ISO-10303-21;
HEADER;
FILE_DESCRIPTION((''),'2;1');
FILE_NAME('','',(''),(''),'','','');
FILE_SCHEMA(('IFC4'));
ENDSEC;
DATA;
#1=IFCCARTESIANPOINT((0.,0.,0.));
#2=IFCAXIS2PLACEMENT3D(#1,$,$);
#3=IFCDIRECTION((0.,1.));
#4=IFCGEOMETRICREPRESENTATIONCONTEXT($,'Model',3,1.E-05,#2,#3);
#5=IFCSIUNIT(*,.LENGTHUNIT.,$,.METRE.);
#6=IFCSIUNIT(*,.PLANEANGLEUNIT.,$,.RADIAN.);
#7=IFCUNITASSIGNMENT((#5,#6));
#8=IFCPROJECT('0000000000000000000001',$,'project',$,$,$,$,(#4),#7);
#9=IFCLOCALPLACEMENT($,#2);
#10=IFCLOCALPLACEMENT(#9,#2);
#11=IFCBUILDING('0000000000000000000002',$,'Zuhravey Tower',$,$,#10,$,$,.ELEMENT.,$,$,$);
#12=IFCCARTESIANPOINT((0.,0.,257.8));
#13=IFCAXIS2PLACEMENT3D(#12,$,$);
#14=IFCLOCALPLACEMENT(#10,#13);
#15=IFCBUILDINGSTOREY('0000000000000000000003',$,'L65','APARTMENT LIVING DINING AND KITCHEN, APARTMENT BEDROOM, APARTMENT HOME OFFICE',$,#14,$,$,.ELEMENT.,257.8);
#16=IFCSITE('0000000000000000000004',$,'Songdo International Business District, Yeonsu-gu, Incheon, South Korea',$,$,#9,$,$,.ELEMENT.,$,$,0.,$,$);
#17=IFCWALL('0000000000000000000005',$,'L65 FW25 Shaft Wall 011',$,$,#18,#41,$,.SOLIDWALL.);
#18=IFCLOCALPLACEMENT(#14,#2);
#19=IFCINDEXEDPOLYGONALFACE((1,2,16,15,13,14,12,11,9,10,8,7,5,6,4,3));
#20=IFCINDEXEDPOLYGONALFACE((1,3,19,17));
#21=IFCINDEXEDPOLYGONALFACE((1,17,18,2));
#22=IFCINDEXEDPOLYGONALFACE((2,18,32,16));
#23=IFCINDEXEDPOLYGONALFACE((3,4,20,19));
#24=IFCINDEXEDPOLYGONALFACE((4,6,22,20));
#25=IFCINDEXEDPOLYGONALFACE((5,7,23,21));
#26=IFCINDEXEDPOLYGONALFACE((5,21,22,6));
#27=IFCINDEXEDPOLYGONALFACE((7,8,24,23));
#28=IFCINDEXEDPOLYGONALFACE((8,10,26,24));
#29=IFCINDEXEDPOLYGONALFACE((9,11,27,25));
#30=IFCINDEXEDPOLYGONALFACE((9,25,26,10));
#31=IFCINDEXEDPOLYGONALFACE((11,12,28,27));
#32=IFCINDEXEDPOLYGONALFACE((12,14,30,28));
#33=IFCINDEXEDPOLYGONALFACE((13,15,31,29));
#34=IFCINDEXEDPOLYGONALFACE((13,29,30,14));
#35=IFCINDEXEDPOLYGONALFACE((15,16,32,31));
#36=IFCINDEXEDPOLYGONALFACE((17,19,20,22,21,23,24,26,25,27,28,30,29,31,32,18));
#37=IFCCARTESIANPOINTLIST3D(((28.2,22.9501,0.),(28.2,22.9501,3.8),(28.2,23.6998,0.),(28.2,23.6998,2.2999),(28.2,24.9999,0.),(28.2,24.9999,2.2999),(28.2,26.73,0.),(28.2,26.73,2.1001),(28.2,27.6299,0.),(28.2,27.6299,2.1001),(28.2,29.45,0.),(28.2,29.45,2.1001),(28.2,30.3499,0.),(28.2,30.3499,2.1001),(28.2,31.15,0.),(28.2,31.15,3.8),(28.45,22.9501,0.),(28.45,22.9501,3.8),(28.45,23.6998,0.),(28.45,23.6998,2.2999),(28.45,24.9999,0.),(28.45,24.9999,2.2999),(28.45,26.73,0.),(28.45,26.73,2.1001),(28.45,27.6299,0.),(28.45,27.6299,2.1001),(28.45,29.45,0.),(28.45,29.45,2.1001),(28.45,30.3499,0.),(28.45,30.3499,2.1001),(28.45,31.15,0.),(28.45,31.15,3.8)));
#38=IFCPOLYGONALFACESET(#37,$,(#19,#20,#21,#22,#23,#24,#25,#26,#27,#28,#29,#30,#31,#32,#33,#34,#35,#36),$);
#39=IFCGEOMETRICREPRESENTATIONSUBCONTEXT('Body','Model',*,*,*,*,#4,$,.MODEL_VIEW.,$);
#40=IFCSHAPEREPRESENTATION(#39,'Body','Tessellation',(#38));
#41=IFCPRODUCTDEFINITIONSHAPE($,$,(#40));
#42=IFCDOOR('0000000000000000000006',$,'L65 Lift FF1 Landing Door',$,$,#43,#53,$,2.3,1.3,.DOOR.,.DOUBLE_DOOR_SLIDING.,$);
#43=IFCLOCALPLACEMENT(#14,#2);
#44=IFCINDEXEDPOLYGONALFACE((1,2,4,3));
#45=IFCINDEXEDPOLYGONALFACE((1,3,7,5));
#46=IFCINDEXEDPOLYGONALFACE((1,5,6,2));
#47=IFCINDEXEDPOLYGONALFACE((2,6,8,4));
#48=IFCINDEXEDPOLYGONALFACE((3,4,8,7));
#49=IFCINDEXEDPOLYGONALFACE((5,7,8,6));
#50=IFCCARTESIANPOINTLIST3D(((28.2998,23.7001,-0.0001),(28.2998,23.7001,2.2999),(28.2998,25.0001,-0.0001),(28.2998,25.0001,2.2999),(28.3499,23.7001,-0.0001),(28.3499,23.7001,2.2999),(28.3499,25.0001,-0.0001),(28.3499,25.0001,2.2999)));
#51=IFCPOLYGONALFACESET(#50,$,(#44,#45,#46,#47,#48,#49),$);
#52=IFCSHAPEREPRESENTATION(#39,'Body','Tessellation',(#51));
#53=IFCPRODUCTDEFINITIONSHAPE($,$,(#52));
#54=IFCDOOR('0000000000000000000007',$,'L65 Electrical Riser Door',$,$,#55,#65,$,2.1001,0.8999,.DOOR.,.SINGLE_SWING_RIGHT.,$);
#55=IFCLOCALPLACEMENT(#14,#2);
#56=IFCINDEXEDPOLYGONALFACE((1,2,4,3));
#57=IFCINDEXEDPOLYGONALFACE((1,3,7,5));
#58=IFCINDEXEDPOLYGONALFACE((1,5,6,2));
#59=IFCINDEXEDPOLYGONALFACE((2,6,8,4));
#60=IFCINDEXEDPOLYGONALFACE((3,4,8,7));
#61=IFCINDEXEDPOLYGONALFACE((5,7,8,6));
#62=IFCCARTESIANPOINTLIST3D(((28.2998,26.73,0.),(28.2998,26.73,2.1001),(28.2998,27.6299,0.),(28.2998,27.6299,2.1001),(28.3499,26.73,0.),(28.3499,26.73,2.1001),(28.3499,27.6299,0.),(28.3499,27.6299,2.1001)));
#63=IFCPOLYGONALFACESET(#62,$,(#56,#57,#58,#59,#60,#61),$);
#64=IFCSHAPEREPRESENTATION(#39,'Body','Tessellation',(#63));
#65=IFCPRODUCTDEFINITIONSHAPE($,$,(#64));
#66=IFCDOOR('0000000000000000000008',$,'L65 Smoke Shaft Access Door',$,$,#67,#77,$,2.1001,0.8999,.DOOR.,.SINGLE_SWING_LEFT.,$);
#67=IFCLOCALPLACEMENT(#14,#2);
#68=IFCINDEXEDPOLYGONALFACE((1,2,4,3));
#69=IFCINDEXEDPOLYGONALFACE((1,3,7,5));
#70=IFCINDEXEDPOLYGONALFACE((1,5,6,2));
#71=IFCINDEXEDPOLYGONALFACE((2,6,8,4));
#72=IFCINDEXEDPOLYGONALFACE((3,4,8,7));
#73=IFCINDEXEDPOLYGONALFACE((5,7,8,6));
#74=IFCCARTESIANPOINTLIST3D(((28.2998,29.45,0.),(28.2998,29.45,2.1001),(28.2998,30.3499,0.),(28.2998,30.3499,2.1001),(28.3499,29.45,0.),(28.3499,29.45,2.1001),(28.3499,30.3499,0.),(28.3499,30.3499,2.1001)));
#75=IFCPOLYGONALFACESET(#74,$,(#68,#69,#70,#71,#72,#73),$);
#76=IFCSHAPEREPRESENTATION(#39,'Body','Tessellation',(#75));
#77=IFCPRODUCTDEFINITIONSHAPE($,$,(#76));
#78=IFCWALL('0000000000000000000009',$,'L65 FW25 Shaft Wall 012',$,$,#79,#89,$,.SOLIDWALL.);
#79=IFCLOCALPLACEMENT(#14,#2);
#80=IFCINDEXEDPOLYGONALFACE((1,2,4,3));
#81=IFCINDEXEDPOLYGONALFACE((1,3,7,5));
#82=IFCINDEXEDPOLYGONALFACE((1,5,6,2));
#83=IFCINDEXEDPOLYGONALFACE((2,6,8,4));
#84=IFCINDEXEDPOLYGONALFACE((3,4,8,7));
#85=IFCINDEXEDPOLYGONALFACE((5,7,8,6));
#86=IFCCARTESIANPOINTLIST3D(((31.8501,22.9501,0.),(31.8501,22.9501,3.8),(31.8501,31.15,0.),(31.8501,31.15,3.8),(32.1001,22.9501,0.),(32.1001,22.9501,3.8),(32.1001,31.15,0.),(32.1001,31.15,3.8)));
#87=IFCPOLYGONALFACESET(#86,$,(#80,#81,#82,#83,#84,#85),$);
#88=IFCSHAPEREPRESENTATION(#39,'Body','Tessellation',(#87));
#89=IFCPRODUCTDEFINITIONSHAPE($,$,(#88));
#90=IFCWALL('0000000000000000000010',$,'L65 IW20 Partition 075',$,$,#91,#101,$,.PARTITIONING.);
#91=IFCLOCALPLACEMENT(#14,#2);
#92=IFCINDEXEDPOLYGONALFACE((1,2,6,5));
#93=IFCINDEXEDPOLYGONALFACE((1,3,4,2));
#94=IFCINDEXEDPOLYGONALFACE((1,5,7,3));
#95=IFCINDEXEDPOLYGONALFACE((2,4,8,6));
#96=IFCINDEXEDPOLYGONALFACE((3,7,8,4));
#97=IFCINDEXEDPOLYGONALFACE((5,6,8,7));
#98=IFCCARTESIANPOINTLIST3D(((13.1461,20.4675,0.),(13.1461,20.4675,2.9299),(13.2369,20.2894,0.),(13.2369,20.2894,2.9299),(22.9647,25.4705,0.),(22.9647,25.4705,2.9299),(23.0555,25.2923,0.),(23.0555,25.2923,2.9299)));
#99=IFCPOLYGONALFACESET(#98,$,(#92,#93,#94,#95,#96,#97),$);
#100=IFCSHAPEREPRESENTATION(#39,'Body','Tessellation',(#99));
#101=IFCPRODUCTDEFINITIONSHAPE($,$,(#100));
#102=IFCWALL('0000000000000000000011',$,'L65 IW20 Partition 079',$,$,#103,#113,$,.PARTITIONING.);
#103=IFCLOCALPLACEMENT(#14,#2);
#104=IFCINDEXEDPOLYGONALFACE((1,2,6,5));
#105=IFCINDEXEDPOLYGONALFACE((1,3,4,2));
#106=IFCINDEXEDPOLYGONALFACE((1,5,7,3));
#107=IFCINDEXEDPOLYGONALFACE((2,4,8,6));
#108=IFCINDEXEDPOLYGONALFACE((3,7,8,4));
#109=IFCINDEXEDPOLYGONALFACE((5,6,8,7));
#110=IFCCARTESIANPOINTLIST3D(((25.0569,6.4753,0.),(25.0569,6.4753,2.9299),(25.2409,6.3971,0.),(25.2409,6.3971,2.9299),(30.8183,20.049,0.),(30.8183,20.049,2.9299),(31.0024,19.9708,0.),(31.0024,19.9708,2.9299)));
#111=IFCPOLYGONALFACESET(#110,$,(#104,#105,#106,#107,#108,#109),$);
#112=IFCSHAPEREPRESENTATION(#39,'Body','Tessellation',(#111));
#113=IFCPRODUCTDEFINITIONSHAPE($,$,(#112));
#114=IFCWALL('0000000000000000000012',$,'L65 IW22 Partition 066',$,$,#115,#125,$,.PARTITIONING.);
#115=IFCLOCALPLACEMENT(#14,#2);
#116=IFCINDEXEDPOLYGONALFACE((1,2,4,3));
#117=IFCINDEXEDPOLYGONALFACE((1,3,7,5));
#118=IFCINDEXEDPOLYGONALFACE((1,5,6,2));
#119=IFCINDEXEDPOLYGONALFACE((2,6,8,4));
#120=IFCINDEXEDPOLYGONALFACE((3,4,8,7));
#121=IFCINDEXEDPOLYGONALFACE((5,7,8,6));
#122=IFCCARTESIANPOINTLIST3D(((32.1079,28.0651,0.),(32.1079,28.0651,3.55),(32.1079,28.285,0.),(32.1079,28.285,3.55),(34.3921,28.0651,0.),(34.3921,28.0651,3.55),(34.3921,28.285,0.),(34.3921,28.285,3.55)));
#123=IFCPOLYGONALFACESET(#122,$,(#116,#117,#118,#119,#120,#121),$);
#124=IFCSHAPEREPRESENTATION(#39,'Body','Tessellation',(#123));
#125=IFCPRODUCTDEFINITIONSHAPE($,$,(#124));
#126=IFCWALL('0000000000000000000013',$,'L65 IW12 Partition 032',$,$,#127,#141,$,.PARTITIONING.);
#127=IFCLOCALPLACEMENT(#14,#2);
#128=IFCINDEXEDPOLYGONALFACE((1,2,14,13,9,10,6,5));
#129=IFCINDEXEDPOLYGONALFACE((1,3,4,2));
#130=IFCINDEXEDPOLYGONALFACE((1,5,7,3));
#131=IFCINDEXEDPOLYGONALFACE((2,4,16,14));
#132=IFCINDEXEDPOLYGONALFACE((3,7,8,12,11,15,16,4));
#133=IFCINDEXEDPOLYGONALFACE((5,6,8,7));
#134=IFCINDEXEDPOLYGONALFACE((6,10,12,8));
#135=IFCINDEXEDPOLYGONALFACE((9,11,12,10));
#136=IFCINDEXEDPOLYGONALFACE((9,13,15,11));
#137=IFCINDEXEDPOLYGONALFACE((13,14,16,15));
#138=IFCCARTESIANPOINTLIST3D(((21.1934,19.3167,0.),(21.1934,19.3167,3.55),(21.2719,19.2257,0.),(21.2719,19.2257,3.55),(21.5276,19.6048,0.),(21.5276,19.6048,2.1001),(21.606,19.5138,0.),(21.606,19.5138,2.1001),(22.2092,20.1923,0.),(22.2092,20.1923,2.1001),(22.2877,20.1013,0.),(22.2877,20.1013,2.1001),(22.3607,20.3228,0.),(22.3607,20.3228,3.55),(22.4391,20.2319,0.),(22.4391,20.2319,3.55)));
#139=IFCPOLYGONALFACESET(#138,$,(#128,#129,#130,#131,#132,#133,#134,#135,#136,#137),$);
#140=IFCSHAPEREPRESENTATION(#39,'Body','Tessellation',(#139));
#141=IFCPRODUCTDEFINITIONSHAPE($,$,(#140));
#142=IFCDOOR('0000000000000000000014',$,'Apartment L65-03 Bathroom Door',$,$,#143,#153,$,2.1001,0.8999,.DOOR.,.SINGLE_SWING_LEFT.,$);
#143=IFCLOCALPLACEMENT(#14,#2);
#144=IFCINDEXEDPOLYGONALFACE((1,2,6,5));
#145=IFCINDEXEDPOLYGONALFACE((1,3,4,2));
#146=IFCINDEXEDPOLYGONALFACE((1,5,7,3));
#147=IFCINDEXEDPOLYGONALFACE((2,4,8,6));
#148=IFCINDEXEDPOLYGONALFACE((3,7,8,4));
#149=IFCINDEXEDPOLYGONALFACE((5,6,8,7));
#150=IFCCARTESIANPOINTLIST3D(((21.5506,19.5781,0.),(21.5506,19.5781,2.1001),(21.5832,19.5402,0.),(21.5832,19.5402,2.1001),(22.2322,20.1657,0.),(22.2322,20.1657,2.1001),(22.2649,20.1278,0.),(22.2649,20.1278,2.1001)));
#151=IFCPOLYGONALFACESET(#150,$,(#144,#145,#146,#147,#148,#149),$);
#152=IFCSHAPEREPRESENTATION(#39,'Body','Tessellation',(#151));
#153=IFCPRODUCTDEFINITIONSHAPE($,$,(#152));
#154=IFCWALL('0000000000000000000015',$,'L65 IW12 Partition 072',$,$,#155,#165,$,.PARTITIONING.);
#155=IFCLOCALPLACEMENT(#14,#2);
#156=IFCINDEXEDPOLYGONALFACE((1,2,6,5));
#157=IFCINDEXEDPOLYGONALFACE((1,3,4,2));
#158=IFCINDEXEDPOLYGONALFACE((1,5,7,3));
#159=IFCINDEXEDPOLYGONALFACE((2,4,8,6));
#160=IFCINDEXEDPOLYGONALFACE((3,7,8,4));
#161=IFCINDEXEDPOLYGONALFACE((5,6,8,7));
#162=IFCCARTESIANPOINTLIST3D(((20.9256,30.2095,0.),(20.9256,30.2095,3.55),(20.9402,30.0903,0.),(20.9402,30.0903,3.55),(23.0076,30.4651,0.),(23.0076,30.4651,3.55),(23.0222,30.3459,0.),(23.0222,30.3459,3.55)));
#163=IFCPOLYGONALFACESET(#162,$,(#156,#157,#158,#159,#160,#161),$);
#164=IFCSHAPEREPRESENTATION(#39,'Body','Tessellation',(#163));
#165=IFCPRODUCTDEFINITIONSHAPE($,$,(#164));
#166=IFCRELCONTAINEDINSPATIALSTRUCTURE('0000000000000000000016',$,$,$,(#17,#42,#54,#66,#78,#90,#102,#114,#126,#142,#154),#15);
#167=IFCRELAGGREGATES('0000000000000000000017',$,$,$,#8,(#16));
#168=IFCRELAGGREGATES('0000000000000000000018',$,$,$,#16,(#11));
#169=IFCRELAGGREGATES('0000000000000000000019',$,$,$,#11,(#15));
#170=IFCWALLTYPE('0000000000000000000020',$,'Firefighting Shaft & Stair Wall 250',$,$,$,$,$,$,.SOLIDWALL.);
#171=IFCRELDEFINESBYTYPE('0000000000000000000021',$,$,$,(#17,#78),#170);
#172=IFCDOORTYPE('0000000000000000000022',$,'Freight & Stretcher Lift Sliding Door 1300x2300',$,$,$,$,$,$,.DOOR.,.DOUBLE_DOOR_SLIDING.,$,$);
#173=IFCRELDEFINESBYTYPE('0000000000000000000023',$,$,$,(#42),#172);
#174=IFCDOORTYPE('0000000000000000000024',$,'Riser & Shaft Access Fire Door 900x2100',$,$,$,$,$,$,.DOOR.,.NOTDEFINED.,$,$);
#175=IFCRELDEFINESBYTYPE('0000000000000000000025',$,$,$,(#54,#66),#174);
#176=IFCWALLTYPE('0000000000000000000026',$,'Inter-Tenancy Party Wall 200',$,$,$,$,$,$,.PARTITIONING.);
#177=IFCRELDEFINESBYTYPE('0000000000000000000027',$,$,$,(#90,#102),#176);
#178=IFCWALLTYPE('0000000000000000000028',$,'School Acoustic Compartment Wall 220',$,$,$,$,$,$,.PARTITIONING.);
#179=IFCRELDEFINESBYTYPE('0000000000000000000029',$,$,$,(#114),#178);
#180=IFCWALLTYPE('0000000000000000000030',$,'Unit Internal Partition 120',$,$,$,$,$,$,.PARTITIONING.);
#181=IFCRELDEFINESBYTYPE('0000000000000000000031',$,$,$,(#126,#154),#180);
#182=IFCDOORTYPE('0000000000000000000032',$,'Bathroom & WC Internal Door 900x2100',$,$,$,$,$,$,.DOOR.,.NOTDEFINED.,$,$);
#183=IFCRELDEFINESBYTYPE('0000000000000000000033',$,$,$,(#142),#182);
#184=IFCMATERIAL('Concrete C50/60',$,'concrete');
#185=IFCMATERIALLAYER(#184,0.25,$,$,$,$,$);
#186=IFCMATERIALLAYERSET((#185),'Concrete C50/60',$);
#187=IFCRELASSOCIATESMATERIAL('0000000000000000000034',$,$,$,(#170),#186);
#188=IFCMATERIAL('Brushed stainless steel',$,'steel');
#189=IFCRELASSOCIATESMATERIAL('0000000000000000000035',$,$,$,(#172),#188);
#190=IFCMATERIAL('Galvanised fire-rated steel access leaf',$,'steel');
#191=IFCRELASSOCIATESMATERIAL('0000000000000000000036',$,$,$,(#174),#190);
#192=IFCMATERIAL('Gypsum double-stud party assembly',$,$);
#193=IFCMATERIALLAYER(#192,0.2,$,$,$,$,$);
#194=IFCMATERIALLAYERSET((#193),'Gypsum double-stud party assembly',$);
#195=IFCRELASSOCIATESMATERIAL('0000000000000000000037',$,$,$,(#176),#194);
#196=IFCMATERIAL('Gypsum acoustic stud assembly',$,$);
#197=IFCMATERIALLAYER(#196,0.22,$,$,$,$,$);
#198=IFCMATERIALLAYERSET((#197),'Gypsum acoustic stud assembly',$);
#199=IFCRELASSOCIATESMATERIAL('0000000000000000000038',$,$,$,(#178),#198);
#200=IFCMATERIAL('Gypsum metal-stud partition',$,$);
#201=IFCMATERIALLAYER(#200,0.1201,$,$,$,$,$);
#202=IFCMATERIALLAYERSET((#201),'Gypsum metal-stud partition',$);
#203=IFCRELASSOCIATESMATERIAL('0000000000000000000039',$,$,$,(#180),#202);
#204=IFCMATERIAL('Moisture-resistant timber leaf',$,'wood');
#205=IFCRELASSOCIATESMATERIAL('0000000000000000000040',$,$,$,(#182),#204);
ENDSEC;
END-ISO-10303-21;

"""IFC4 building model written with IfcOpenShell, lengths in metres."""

from ifc_helpers import new_model, si_unit, direction, frame, frame_2d, origin, place, context, subcontext, project, spatial, rectangle, extrude, material, layer, layer_set, type_object, element, fill, save


model = new_model("IFC4")

# Units and contexts
model_context = context("Model", 3, precision=1e-05, world=origin(), true_north=direction((0.0, 1.0)))
body_context = subcontext(model_context, "Body", "Model", "MODEL_VIEW")
ifc_project = project(units=[si_unit("LENGTHUNIT", "METRE"), si_unit("PLANEANGLEUNIT", "RADIAN")], contexts=[model_context])

# Site, building, storey
site_placement = place(None, origin())
site = spatial("IfcSite", under=ifc_project, at=site_placement, Name="Songdo International Business District, Yeonsu-gu, Incheon, South Korea", CompositionType="ELEMENT", RefElevation=0.0)
building_placement = place(site_placement, origin())
building = spatial("IfcBuilding", under=site, at=building_placement, Name="Zuhravey Tower", CompositionType="ELEMENT")
storey_placement = place(building_placement, frame((0.0, 0.0, 257.8)))
storey = spatial("IfcBuildingStorey", under=building, at=storey_placement, Name="L65", Description="APARTMENT LIVING DINING AND KITCHEN, APARTMENT BEDROOM, APARTMENT HOME OFFICE", CompositionType="ELEMENT", Elevation=257.8)

# Shared definitions
ifc_material_1 = material(Name="Concrete C50/60", Category="concrete")

# Shared definitions
ifc_layer_1 = layer(ifc_material_1, 0.25)
ifc_layer_set_1 = layer_set([ifc_layer_1], Name="Concrete C50/60")
wall_type_1 = type_object("IfcWallType", Name="Firefighting Shaft & Stair Wall 250", PredefinedType="SOLIDWALL", material=ifc_layer_set_1)

# Wall, openings, doors
wall_1_placement = place(storey_placement, frame((28.325, 22.95, 0.0), z_axis=(0.0, 0.0, 1.0), x_axis=(0.0, 1.0, 0.0)))
wall_1 = element("IfcWall", 1, at=wall_1_placement, inside=storey, type_object=wall_type_1, Name="L65 FW25 Shaft Wall 011", PredefinedType="SOLIDWALL", context=body_context, shape_type="SweptSolid", body=[
    extrude(rectangle(XDim=8.2, YDim=0.25, at=frame_2d((4.1001, 0.0))), origin(), (0.0, 0.0, 1.0), 3.8),
])
opening_1_placement = place(wall_1_placement, frame((0.75, 0.0, 0.0)))
opening_1 = element("IfcOpeningElement", 2, at=opening_1_placement, cuts=wall_1, PredefinedType="OPENING", context=body_context, shape_type="SweptSolid", body=[
    extrude(rectangle(XDim=1.3, YDim=2.3, at=frame_2d((0.6499, 1.1499))), frame((0.0, 0.137, 0.0), z_axis=(0.0, -1.0, 0.0), x_axis=(1.0, 0.0, 0.0)), (0.0, 0.0, 1.0), 0.2739),
])
opening_2_placement = place(wall_1_placement, frame((3.78, 0.0, 0.0)))
opening_2 = element("IfcOpeningElement", 3, at=opening_2_placement, cuts=wall_1, PredefinedType="OPENING", context=body_context, shape_type="SweptSolid", body=[
    extrude(rectangle(XDim=0.8999, YDim=2.1001, at=frame_2d((0.45, 1.05))), frame((0.0, 0.137, 0.0), z_axis=(0.0, -1.0, 0.0), x_axis=(1.0, 0.0, 0.0)), (0.0, 0.0, 1.0), 0.2739),
])
opening_3_placement = place(wall_1_placement, frame((6.5, 0.0, 0.0)))
opening_3 = element("IfcOpeningElement", 4, at=opening_3_placement, cuts=wall_1, PredefinedType="OPENING", context=body_context, shape_type="SweptSolid", body=[
    extrude(rectangle(XDim=0.8999, YDim=2.1001, at=frame_2d((0.45, 1.05))), frame((0.0, 0.137, 0.0), z_axis=(0.0, -1.0, 0.0), x_axis=(1.0, 0.0, 0.0)), (0.0, 0.0, 1.0), 0.2739),
])
ifc_material_2 = material(Name="Brushed stainless steel", Category="steel")
door_type_1 = type_object("IfcDoorType", Name="Freight & Stretcher Lift Sliding Door 1300x2300", OperationType="DOUBLE_DOOR_SLIDING", PredefinedType="DOOR", material=ifc_material_2)
door_1_placement = place(opening_1_placement, frame((1.3, 0.0, 0.0), z_axis=(0.0, 0.0, 1.0), x_axis=(-1.0, 0.0, 0.0)))
door_1 = element("IfcDoor", 5, at=door_1_placement, inside=storey, type_object=door_type_1, Name="L65 Lift FF1 Landing Door", OperationType="DOUBLE_DOOR_SLIDING", OverallHeight=2.3, OverallWidth=1.3, PredefinedType="DOOR", context=body_context, shape_type="SweptSolid", body=[
    extrude(rectangle(XDim=1.3, YDim=2.3, at=frame_2d((0.6499, 1.1499))), frame((0.0, 0.0249, 0.0), z_axis=(0.0, -1.0, 0.0), x_axis=(1.0, 0.0, 0.0)), (0.0, 0.0, 1.0), 0.05),
])
fill(opening_1, door_1)
ifc_material_3 = material(Name="Galvanised fire-rated steel access leaf", Category="steel")
door_type_2 = type_object("IfcDoorType", Name="Riser & Shaft Access Fire Door 900x2100", OperationType="NOTDEFINED", PredefinedType="DOOR", material=ifc_material_3)
door_2_placement = place(opening_2_placement, frame((0.8999, 0.0, 0.0), z_axis=(0.0, 0.0, 1.0), x_axis=(-1.0, 0.0, 0.0)))
door_2 = element("IfcDoor", 6, at=door_2_placement, inside=storey, type_object=door_type_2, Name="L65 Electrical Riser Door", OperationType="SINGLE_SWING_RIGHT", OverallHeight=2.1001, OverallWidth=0.8999, PredefinedType="DOOR", context=body_context, shape_type="SweptSolid", body=[
    extrude(rectangle(XDim=0.8999, YDim=2.1001, at=frame_2d((0.45, 1.05))), frame((0.0, 0.0249, 0.0), z_axis=(0.0, -1.0, 0.0), x_axis=(1.0, 0.0, 0.0)), (0.0, 0.0, 1.0), 0.05),
])
fill(opening_2, door_2)
door_3_placement = place(opening_3_placement, frame((0.8999, 0.0, 0.0), z_axis=(0.0, 0.0, 1.0), x_axis=(-1.0, 0.0, 0.0)))
door_3 = element("IfcDoor", 7, at=door_3_placement, inside=storey, type_object=door_type_2, Name="L65 Smoke Shaft Access Door", OperationType="SINGLE_SWING_LEFT", OverallHeight=2.1001, OverallWidth=0.8999, PredefinedType="DOOR", context=body_context, shape_type="SweptSolid", body=[
    extrude(rectangle(XDim=0.8999, YDim=2.1001, at=frame_2d((0.45, 1.05))), frame((0.0, 0.0249, 0.0), z_axis=(0.0, -1.0, 0.0), x_axis=(1.0, 0.0, 0.0)), (0.0, 0.0, 1.0), 0.05),
])
fill(opening_3, door_3)

# Walls
wall_2_placement = place(storey_placement, frame((31.9751, 22.95, 0.0), z_axis=(0.0, 0.0, 1.0), x_axis=(0.0, 1.0, 0.0)))
element("IfcWall", 8, at=wall_2_placement, inside=storey, type_object=wall_type_1, Name="L65 FW25 Shaft Wall 012", PredefinedType="SOLIDWALL", context=body_context, shape_type="SweptSolid", body=[
    extrude(rectangle(XDim=8.2, YDim=0.25, at=frame_2d((4.1001, 0.0))), origin(), (0.0, 0.0, 1.0), 3.8),
])
ifc_material_4 = material(Name="Gypsum double-stud party assembly")
ifc_layer_2 = layer(ifc_material_4, 0.2)
ifc_layer_set_2 = layer_set([ifc_layer_2], Name="Gypsum double-stud party assembly")
wall_type_2 = type_object("IfcWallType", Name="Inter-Tenancy Party Wall 200", PredefinedType="PARTITIONING", material=ifc_layer_set_2)
wall_3_placement = place(storey_placement, frame((23.01, 25.3813, 0.0), z_axis=(0.0, 0.0, 1.0), x_axis=(-0.891003, -0.453998, 0.0)))
element("IfcWall", 9, at=wall_3_placement, inside=storey, type_object=wall_type_2, Name="L65 IW20 Partition 075", PredefinedType="PARTITIONING", context=body_context, shape_type="SweptSolid", body=[
    extrude(rectangle(XDim=11.0198, YDim=0.2, at=frame_2d((5.5098, 0.0))), origin(), (0.0, 0.0, 1.0), 2.9299),
])
wall_4_placement = place(storey_placement, frame((30.9104, 20.01, 0.0), z_axis=(0.0, 0.0, 1.0), x_axis=(-0.390718, -0.920511, 0.0)))
element("IfcWall", 10, at=wall_4_placement, inside=storey, type_object=wall_type_2, Name="L65 IW20 Partition 079", PredefinedType="PARTITIONING", context=body_context, shape_type="SweptSolid", body=[
    extrude(rectangle(XDim=14.7458, YDim=0.2, at=frame_2d((7.373, 0.0))), origin(), (0.0, 0.0, 1.0), 2.9299),
])
ifc_material_5 = material(Name="Gypsum acoustic stud assembly")
ifc_layer_3 = layer(ifc_material_5, 0.22)
ifc_layer_set_3 = layer_set([ifc_layer_3], Name="Gypsum acoustic stud assembly")
wall_type_3 = type_object("IfcWallType", Name="School Acoustic Compartment Wall 220", PredefinedType="PARTITIONING", material=ifc_layer_set_3)
wall_5_placement = place(storey_placement, frame((32.1079, 28.175, 0.0), z_axis=(0.0, 0.0, 1.0), x_axis=(1.0, 0.0, 0.0)))
element("IfcWall", 11, at=wall_5_placement, inside=storey, type_object=wall_type_3, Name="L65 IW22 Partition 066", PredefinedType="PARTITIONING", context=body_context, shape_type="SweptSolid", body=[
    extrude(rectangle(XDim=2.2842, YDim=0.22, at=frame_2d((1.1421, 0.0))), origin(), (0.0, 0.0, 1.0), 3.55),
])

# Wall, opening, door
ifc_material_6 = material(Name="Gypsum metal-stud partition")
ifc_layer_4 = layer(ifc_material_6, 0.1201)
ifc_layer_set_4 = layer_set([ifc_layer_4], Name="Gypsum metal-stud partition")
wall_type_4 = type_object("IfcWallType", Name="Unit Internal Partition 120", PredefinedType="PARTITIONING", material=ifc_layer_set_4)
wall_6_placement = place(storey_placement, frame((22.3999, 20.2773, 0.0), z_axis=(0.0, 0.0, 1.0), x_axis=(-0.757453, -0.652889, 0.0)))
wall_6 = element("IfcWall", 12, at=wall_6_placement, inside=storey, type_object=wall_type_4, Name="L65 IW12 Partition 032", PredefinedType="PARTITIONING", context=body_context, shape_type="SweptSolid", body=[
    extrude(rectangle(XDim=1.541, YDim=0.1201, at=frame_2d((0.7705, 0.0))), origin(), (0.0, 0.0, 1.0), 3.55),
])
opening_4_placement = place(wall_6_placement, frame((0.2, 0.0, 0.0)))
opening_4 = element("IfcOpeningElement", 13, at=opening_4_placement, cuts=wall_6, PredefinedType="OPENING", context=body_context, shape_type="SweptSolid", body=[
    extrude(rectangle(XDim=0.8999, YDim=2.1001, at=frame_2d((0.45, 1.05))), frame((0.0, 0.072, 0.0), z_axis=(0.0, -1.0, 0.0), x_axis=(1.0, 0.0, 0.0)), (0.0, 0.0, 1.0), 0.144),
])
ifc_material_7 = material(Name="Moisture-resistant timber leaf", Category="wood")
door_type_3 = type_object("IfcDoorType", Name="Bathroom & WC Internal Door 900x2100", OperationType="NOTDEFINED", PredefinedType="DOOR", material=ifc_material_7)
door_4_placement = place(opening_4_placement, frame((0.8999, 0.0, 0.0), z_axis=(0.0, 0.0, 1.0), x_axis=(-1.0, 0.0, 0.0)))
door_4 = element("IfcDoor", 14, at=door_4_placement, inside=storey, type_object=door_type_3, Name="Apartment L65-03 Bathroom Door", OperationType="SINGLE_SWING_LEFT", OverallHeight=2.1001, OverallWidth=0.8999, PredefinedType="DOOR", context=body_context, shape_type="SweptSolid", body=[
    extrude(rectangle(XDim=0.8999, YDim=2.1001, at=frame_2d((0.45, 1.05))), frame((0.0, 0.0249, 0.0), z_axis=(0.0, -1.0, 0.0), x_axis=(1.0, 0.0, 0.0)), (0.0, 0.0, 1.0), 0.05),
])
fill(opening_4, door_4)

# Wall
wall_7_placement = place(storey_placement, frame((23.0149, 30.4055, 0.0), z_axis=(0.0, 0.0, 1.0), x_axis=(-0.992548, -0.121857, 0.0)))
element("IfcWall", 15, at=wall_7_placement, inside=storey, type_object=wall_type_4, Name="L65 IW12 Partition 072", PredefinedType="PARTITIONING", context=body_context, shape_type="SweptSolid", body=[
    extrude(rectangle(XDim=2.0977, YDim=0.1201, at=frame_2d((1.0488, 0.0))), origin(), (0.0, 0.0, 1.0), 3.55),
])

save(model, "model.ifc")
